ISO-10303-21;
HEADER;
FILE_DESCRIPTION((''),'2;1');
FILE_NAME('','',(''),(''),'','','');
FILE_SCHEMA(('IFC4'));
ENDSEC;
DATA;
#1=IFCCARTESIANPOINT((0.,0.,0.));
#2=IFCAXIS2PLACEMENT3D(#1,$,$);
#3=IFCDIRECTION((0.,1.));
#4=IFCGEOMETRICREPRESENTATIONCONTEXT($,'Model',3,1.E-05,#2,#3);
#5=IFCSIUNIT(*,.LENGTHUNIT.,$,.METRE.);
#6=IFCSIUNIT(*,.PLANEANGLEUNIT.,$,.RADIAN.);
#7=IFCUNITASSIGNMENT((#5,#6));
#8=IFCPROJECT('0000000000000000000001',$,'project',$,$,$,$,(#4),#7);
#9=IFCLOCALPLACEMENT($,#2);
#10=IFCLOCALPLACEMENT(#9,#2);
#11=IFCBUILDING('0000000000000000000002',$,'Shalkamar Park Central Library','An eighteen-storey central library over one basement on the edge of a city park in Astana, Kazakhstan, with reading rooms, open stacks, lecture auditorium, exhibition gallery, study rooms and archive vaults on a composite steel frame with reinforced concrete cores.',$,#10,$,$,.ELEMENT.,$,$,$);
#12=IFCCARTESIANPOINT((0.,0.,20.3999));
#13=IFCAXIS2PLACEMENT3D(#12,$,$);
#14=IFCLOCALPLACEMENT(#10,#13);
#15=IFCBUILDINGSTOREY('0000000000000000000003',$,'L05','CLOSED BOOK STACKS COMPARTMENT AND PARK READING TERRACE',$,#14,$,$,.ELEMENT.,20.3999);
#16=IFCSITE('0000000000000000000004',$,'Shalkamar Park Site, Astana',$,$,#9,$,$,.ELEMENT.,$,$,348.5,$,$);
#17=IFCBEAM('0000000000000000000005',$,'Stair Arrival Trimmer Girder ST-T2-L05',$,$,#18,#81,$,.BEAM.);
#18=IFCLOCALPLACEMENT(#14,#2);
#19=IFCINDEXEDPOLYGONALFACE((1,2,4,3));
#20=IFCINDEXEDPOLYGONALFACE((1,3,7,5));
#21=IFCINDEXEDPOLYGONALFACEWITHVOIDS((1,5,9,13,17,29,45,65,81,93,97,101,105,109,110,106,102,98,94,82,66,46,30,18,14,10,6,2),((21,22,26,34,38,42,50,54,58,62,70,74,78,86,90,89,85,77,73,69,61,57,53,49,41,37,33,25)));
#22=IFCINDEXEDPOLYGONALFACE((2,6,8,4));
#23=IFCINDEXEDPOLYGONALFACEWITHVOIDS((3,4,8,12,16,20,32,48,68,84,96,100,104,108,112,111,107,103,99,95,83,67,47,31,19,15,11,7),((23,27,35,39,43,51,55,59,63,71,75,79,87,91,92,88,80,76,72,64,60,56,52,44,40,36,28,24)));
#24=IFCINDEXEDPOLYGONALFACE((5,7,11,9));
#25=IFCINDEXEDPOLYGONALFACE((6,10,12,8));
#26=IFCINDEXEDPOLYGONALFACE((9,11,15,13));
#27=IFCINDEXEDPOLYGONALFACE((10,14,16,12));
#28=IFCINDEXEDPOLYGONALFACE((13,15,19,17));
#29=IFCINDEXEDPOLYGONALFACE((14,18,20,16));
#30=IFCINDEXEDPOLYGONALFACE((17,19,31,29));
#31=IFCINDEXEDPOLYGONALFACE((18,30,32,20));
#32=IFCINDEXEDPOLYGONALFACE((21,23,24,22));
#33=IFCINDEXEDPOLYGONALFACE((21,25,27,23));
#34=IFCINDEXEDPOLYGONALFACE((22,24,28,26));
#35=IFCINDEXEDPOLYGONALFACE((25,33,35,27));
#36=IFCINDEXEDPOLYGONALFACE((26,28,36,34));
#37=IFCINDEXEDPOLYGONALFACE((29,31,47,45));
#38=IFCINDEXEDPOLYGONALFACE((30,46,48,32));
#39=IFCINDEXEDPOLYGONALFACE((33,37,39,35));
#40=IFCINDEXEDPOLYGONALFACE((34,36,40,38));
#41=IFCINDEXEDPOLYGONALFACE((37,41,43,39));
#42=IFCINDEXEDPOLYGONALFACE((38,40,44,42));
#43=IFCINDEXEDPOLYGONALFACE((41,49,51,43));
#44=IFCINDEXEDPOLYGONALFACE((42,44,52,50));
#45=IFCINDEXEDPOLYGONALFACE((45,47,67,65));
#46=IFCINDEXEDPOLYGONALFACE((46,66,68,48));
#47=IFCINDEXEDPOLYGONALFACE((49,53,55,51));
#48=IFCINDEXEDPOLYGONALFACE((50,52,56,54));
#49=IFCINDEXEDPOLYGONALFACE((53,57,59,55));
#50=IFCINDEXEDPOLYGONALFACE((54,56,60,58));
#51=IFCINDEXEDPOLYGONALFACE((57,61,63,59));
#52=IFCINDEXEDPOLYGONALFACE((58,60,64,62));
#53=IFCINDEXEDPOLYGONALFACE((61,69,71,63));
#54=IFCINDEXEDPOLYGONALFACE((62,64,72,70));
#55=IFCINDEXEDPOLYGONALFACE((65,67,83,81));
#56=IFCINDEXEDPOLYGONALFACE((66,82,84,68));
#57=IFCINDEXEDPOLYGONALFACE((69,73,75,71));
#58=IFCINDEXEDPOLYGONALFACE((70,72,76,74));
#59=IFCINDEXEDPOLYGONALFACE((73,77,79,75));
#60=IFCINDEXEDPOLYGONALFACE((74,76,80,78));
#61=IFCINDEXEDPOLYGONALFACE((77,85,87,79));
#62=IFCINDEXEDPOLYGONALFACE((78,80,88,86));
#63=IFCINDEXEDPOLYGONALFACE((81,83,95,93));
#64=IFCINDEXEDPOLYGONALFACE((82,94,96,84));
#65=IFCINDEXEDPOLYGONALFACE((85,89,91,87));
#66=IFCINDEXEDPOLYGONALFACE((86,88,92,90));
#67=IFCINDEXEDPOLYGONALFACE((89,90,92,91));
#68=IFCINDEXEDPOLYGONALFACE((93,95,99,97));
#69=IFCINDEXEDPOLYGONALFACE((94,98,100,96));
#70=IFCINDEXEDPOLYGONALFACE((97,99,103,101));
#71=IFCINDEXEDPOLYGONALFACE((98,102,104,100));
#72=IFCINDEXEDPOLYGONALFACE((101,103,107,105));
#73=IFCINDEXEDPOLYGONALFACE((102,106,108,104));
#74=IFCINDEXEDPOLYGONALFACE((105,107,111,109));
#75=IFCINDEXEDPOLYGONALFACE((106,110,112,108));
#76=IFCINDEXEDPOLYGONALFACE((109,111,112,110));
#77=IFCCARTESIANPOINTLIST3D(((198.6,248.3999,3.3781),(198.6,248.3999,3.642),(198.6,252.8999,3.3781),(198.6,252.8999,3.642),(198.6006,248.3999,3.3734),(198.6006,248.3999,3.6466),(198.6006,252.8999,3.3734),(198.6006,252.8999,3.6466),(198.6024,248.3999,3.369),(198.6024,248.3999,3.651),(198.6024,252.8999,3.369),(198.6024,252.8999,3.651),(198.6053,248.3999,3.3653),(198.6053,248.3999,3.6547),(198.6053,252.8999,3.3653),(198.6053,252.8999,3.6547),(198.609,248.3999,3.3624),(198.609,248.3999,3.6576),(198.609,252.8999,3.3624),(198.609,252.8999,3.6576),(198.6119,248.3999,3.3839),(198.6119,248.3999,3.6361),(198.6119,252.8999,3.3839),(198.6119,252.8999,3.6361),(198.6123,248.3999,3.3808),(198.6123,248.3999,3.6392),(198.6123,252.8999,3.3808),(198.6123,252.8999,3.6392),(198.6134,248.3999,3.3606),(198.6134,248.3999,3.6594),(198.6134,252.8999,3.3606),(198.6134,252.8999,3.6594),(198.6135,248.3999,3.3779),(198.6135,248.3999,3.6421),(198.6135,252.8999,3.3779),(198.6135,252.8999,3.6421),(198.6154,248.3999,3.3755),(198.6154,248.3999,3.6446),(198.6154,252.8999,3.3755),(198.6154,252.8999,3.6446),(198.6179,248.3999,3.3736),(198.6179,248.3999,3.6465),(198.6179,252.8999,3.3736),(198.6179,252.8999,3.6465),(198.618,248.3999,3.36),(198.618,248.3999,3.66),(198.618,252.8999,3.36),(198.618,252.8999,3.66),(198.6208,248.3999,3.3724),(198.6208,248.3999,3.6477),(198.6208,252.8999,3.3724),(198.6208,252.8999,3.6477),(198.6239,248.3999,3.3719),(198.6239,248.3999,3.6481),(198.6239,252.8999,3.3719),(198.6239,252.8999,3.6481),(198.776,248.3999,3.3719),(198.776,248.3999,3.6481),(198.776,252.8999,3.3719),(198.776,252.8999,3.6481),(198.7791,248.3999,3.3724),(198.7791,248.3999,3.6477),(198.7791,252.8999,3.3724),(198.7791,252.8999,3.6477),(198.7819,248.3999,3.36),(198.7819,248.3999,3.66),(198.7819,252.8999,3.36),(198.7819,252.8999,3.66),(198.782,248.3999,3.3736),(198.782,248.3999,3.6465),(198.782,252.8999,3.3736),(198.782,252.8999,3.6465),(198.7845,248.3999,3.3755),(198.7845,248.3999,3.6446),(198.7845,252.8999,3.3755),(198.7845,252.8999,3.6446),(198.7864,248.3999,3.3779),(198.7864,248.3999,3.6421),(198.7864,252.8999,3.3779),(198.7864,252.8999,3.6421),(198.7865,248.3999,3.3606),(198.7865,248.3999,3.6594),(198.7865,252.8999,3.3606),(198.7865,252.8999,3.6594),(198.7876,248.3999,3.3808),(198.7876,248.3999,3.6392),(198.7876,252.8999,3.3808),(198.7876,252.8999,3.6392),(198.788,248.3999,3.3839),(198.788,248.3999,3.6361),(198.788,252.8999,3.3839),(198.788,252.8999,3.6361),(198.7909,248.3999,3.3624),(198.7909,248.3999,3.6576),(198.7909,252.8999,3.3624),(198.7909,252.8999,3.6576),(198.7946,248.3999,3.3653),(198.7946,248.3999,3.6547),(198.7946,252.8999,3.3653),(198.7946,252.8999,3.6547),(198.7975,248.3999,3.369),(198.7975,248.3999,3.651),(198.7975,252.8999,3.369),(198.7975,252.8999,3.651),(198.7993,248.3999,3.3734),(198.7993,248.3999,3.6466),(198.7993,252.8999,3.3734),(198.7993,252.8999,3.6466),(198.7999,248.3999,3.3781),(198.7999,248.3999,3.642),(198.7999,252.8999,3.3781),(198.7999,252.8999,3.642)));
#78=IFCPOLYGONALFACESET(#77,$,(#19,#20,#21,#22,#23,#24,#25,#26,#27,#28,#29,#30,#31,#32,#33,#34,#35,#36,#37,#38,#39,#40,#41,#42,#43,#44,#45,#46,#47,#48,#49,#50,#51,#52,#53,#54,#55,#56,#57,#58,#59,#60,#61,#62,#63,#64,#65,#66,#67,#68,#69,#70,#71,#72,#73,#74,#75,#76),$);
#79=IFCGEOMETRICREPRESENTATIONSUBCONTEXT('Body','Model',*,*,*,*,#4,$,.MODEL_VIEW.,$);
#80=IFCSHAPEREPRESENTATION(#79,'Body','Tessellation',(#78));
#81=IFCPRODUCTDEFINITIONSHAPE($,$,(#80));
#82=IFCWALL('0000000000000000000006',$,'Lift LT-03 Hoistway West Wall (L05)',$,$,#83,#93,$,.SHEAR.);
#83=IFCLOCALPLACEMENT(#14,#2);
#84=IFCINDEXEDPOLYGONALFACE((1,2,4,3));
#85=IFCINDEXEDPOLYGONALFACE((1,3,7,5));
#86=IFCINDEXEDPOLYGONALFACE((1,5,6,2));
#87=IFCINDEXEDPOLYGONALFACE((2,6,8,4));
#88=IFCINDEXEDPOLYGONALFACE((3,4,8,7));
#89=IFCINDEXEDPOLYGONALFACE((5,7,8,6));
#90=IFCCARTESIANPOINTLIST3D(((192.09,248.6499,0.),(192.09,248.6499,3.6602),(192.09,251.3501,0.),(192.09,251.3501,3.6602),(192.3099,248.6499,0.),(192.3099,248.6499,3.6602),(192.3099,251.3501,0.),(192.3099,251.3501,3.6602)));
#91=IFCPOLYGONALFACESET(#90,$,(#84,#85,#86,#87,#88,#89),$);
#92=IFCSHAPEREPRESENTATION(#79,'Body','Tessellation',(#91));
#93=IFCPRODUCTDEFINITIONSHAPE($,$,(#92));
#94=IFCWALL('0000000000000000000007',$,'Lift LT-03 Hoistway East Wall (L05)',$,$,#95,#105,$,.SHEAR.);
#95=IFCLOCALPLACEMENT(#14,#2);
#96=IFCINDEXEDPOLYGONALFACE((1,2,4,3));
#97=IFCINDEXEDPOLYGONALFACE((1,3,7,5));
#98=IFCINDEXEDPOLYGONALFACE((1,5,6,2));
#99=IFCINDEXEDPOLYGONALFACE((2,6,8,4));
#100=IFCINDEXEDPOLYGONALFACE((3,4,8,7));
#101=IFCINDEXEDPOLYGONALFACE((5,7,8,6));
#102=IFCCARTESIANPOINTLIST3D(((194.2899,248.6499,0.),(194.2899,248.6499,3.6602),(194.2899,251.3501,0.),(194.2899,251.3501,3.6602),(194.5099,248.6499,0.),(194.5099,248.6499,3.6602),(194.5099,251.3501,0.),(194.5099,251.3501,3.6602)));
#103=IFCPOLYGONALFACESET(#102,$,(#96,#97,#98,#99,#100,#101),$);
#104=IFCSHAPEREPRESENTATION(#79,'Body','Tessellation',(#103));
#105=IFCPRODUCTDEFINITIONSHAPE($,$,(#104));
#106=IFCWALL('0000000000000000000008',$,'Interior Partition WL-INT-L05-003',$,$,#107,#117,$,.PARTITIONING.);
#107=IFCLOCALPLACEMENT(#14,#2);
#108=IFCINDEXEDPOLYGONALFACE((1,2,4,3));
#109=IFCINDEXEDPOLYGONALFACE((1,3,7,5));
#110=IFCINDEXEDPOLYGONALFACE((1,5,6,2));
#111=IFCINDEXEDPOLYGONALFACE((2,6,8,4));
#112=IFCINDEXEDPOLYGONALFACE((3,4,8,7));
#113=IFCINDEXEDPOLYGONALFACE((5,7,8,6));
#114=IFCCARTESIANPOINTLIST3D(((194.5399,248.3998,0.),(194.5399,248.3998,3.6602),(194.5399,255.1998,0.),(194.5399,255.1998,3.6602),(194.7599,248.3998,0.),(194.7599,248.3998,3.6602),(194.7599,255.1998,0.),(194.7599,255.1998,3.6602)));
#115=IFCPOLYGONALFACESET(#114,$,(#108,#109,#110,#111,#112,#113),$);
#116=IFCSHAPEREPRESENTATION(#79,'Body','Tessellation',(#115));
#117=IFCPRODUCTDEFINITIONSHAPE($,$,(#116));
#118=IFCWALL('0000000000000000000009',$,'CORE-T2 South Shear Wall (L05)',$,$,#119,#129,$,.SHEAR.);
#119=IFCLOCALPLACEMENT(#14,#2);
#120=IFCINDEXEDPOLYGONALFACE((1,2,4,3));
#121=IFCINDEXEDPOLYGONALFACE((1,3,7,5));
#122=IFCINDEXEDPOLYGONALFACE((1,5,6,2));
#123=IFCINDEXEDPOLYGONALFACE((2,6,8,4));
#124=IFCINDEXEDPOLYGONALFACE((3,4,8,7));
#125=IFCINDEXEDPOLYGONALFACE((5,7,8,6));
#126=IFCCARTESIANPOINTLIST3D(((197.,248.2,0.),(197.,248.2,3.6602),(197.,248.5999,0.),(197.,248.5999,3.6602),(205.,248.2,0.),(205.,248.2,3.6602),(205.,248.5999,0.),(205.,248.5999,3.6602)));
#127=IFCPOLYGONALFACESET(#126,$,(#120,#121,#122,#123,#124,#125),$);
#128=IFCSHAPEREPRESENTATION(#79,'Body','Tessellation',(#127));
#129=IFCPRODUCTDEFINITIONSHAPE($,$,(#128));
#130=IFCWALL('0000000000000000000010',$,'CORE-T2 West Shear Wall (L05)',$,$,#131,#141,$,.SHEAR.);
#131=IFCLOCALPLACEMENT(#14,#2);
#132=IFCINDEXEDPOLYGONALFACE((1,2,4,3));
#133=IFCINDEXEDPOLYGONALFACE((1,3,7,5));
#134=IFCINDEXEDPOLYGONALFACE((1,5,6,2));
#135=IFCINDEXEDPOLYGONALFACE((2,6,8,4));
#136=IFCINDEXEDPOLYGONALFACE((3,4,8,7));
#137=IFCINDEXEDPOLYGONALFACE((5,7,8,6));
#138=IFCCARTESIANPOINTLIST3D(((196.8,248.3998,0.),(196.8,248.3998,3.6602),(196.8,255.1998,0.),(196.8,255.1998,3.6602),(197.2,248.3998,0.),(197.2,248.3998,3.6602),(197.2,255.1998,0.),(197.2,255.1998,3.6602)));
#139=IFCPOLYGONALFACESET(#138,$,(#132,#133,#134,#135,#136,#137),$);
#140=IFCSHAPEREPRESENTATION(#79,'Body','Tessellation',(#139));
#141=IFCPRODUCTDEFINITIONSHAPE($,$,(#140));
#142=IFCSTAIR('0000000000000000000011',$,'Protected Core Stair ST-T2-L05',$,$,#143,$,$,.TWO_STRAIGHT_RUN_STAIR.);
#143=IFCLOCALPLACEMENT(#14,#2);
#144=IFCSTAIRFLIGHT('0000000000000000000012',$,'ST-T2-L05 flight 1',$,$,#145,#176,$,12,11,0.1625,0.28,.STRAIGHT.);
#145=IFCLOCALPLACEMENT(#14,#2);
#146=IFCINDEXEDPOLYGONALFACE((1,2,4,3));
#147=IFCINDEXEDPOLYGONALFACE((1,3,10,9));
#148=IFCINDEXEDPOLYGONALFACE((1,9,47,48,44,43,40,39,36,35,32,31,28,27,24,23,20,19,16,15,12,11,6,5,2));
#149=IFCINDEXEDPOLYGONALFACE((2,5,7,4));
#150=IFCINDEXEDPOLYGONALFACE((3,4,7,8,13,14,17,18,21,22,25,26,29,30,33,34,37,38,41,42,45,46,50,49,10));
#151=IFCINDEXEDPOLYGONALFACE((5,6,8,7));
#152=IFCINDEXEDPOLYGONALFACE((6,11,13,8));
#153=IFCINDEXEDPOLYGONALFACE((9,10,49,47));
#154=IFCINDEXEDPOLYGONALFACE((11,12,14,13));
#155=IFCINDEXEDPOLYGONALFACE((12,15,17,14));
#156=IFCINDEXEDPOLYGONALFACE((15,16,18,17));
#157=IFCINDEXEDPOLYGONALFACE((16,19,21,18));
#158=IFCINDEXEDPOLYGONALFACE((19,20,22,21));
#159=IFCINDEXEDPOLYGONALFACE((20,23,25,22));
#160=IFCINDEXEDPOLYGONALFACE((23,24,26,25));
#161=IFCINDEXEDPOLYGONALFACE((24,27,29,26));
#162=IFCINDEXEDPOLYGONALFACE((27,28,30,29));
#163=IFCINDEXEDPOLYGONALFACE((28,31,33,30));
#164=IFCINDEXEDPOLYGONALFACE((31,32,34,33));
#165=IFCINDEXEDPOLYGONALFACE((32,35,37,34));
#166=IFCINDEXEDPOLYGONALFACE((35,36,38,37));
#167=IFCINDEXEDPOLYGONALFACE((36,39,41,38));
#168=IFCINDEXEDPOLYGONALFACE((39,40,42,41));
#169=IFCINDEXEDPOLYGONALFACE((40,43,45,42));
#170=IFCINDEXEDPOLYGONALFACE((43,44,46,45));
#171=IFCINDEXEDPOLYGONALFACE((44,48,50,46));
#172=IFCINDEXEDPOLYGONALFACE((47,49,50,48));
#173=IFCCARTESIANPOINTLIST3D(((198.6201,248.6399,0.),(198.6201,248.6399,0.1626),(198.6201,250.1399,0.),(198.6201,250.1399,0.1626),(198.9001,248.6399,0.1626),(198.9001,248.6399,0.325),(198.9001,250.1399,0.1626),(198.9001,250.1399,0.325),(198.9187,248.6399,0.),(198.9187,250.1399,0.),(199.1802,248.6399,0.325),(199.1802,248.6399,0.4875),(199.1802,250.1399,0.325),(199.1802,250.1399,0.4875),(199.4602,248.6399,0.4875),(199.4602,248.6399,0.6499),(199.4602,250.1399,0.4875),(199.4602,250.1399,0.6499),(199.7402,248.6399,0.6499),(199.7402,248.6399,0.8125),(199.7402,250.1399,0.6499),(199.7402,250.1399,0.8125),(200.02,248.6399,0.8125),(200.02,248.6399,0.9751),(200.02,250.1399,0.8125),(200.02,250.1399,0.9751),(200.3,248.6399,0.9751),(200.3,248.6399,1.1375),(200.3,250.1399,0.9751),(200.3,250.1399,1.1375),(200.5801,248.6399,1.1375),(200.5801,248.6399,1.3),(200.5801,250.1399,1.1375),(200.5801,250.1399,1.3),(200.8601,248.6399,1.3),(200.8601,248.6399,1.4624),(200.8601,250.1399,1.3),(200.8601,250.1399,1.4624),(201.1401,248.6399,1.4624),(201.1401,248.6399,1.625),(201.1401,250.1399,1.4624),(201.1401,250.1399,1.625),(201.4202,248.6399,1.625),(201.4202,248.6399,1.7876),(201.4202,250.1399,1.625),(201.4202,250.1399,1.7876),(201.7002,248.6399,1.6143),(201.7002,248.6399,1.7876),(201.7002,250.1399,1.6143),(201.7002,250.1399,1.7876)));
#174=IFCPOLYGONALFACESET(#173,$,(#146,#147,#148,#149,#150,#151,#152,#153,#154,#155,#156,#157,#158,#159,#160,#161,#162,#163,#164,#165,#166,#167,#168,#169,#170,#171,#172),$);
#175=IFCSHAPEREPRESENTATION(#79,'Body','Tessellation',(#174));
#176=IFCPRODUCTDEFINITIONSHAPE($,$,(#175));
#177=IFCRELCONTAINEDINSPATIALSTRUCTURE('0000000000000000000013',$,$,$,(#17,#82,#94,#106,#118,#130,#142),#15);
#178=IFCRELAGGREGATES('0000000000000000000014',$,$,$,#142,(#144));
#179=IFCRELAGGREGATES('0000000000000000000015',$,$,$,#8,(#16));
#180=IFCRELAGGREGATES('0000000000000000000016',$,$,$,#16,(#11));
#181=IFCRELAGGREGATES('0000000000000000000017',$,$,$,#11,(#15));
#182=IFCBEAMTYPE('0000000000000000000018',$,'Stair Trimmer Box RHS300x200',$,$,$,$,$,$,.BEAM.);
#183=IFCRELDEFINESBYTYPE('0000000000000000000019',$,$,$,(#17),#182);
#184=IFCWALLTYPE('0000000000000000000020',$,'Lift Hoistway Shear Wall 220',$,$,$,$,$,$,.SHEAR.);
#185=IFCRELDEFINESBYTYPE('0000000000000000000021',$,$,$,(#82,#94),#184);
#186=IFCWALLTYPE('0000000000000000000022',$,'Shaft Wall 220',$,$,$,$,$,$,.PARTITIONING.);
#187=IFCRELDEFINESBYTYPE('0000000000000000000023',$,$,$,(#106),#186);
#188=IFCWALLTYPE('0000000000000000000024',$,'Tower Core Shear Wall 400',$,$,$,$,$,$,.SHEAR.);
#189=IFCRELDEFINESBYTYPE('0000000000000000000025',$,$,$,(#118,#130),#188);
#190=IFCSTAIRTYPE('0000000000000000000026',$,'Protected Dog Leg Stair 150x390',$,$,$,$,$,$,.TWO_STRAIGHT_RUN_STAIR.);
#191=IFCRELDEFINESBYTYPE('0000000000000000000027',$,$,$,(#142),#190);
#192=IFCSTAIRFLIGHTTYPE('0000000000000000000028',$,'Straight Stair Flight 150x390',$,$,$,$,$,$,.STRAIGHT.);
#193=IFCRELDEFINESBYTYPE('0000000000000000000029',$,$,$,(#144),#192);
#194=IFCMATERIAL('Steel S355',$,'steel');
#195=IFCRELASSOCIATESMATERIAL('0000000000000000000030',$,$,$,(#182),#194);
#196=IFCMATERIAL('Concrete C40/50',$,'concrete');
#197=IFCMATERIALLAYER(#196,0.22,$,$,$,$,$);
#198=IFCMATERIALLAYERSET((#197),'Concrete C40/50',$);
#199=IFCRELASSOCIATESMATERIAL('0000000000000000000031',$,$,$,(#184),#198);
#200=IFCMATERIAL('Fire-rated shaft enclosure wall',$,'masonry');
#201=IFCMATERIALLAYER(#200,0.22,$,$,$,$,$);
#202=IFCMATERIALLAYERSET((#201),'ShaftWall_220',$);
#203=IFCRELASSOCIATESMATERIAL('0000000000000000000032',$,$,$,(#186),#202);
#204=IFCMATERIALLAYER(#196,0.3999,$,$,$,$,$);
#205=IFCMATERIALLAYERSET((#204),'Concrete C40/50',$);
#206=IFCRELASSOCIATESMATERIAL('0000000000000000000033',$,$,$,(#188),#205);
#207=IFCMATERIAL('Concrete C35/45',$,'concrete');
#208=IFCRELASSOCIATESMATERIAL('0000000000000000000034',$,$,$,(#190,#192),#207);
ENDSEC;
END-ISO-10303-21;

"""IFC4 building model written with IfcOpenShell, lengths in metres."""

from ifc_helpers import new_model, si_unit, direction, frame, frame_2d, origin, origin_2d, place, context, subcontext, project, spatial, polyline, rectangle, hollow_rectangle, outline, extrude, material, layer, layer_set, material_profile, profile_set, type_object, element, aggregate, save


model = new_model("IFC4")

# Units and contexts
model_context = context("Model", 3, precision=1e-05, world=origin(), true_north=direction((0.0, 1.0)))
body_context = subcontext(model_context, "Body", "Model", "MODEL_VIEW")
ifc_project = project(units=[si_unit("LENGTHUNIT", "METRE"), si_unit("PLANEANGLEUNIT", "RADIAN")], contexts=[model_context])

# Site, building, storey
site_placement = place(None, origin())
site = spatial("IfcSite", under=ifc_project, at=site_placement, Name="Shalkamar Park Site, Astana", CompositionType="ELEMENT", RefElevation=348.5)
building_placement = place(site_placement, origin())
building = spatial("IfcBuilding", under=site, at=building_placement, Name="Shalkamar Park Central Library", Description="An eighteen-storey central library over one basement on the edge of a city park in Astana, Kazakhstan, with reading rooms, open stacks, lecture auditorium, exhibition gallery, study rooms and archive vaults on a composite steel frame with reinforced concrete cores.", CompositionType="ELEMENT")
storey_placement = place(building_placement, frame((0.0, 0.0, 20.3999)))
storey = spatial("IfcBuildingStorey", under=building, at=storey_placement, Name="L05", Description="CLOSED BOOK STACKS COMPARTMENT AND PARK READING TERRACE", CompositionType="ELEMENT", Elevation=20.3999)

# Shared definitions
ifc_material_1 = material(Name="Steel S355", Category="steel")

# Beam
ifc_material_profile_1 = material_profile(ifc_material_1, hollow_rectangle(XDim=0.2, YDim=0.3, WallThickness=0.012, InnerFilletRadius=0.012, OuterFilletRadius=0.0181, at=origin_2d()), Name="RHS 300x200x12")
ifc_profile_set_1 = profile_set([ifc_material_profile_1], Name="Steel S355")
beam_type_1 = type_object("IfcBeamType", Name="Stair Trimmer Box RHS300x200", PredefinedType="BEAM", material=ifc_profile_set_1)
beam_1_placement = place(storey_placement, frame((198.7, 248.3999, 3.51), z_axis=(0.0, 1.0, 0.0), x_axis=(-1.0, 0.0, 0.0)))
element("IfcBeam", 1, at=beam_1_placement, inside=storey, type_object=beam_type_1, Name="Stair Arrival Trimmer Girder ST-T2-L05", PredefinedType="BEAM", context=body_context, shape_type="SweptSolid", body=[
    extrude(hollow_rectangle(XDim=0.2, YDim=0.3, WallThickness=0.012, InnerFilletRadius=0.012, OuterFilletRadius=0.0181, at=origin_2d()), origin(), (0.0, 0.0, 1.0), 4.5),
])

# Walls
ifc_material_2 = material(Name="Concrete C40/50", Category="concrete")
ifc_layer_1 = layer(ifc_material_2, 0.22)
ifc_layer_set_1 = layer_set([ifc_layer_1], Name="Concrete C40/50")
wall_type_1 = type_object("IfcWallType", Name="Lift Hoistway Shear Wall 220", PredefinedType="SHEAR", material=ifc_layer_set_1)
for number, where, z_axis, x_axis, name in (
    (2, (192.2, 248.6499, 0.0), (0.0, 0.0, 1.0), (0.0, 1.0, 0.0), "Lift LT-03 Hoistway West Wall (L05)"),
    (3, (194.3999, 248.6499, 0.0), (0.0, 0.0, 1.0), (0.0, 1.0, 0.0), "Lift LT-03 Hoistway East Wall (L05)"),
):
    element("IfcWall", number, at=place(storey_placement, frame(where, z_axis=z_axis, x_axis=x_axis)), inside=storey, type_object=wall_type_1, Name=name, PredefinedType="SHEAR", context=body_context, shape_type="SweptSolid", body=[
        extrude(rectangle(XDim=2.7002, YDim=0.22, at=frame_2d((1.3501, 0.0))), origin(), (0.0, 0.0, 1.0), 3.6602),
    ])

# Walls
ifc_material_3 = material(Name="Fire-rated shaft enclosure wall", Category="masonry")
ifc_layer_2 = layer(ifc_material_3, 0.22)
ifc_layer_set_2 = layer_set([ifc_layer_2], Name="ShaftWall_220")
wall_type_2 = type_object("IfcWallType", Name="Shaft Wall 220", PredefinedType="PARTITIONING", material=ifc_layer_set_2)
wall_1_placement = place(storey_placement, frame((194.6499, 248.3999, 0.0), z_axis=(0.0, 0.0, 1.0), x_axis=(0.0, 1.0, 0.0)))
element("IfcWall", 4, at=wall_1_placement, inside=storey, type_object=wall_type_2, Name="Interior Partition WL-INT-L05-003", PredefinedType="PARTITIONING", context=body_context, shape_type="SweptSolid", body=[
    extrude(rectangle(XDim=6.8, YDim=0.22, at=frame_2d((3.3999, 0.0))), origin(), (0.0, 0.0, 1.0), 3.6602),
])
ifc_layer_3 = layer(ifc_material_2, 0.3999)
ifc_layer_set_3 = layer_set([ifc_layer_3], Name="Concrete C40/50")
wall_type_3 = type_object("IfcWallType", Name="Tower Core Shear Wall 400", PredefinedType="SHEAR", material=ifc_layer_set_3)
wall_2_placement = place(storey_placement, frame((197.0, 248.3999, 0.0), z_axis=(0.0, 0.0, 1.0), x_axis=(1.0, 0.0, 0.0)))
element("IfcWall", 5, at=wall_2_placement, inside=storey, type_object=wall_type_3, Name="CORE-T2 South Shear Wall (L05)", PredefinedType="SHEAR", context=body_context, shape_type="SweptSolid", body=[
    extrude(rectangle(XDim=8.0, YDim=0.3999, at=frame_2d((4.0, 0.0))), origin(), (0.0, 0.0, 1.0), 3.6602),
])
wall_3_placement = place(storey_placement, frame((197.0, 248.3999, 0.0), z_axis=(0.0, 0.0, 1.0), x_axis=(0.0, 1.0, 0.0)))
element("IfcWall", 6, at=wall_3_placement, inside=storey, type_object=wall_type_3, Name="CORE-T2 West Shear Wall (L05)", PredefinedType="SHEAR", context=body_context, shape_type="SweptSolid", body=[
    extrude(rectangle(XDim=6.8, YDim=0.3999, at=frame_2d((3.3999, 0.0))), origin(), (0.0, 0.0, 1.0), 3.6602),
])

# Stair, stair flight
ifc_material_4 = material(Name="Concrete C35/45", Category="concrete")
stair_type = type_object("IfcStairType", Name="Protected Dog Leg Stair 150x390", PredefinedType="TWO_STRAIGHT_RUN_STAIR", material=ifc_material_4)
stair_placement = place(storey_placement, origin())
stair = element("IfcStair", 7, at=stair_placement, inside=storey, type_object=stair_type, Name="Protected Core Stair ST-T2-L05", PredefinedType="TWO_STRAIGHT_RUN_STAIR")
stair_flight_type = type_object("IfcStairFlightType", Name="Straight Stair Flight 150x390", PredefinedType="STRAIGHT", material=ifc_material_4)
stair_flight_placement = place(storey_placement, frame((198.6201, 249.3899, 0.0), z_axis=(0.0, 0.0, 1.0), x_axis=(1.0, 0.0, 0.0)))
stair_flight = element("IfcStairFlight", 8, at=stair_flight_placement, type_object=stair_flight_type, Name="ST-T2-L05 flight 1", NumberOfRisers=12, NumberOfTreads=11, PredefinedType="STRAIGHT", RiserHeight=0.1625, TreadLength=0.28, context=body_context, shape_type="SweptSolid", body=[
    extrude(outline(polyline([(0.0, 0.0), (0.0, 0.1626), (0.28, 0.1626), (0.28, 0.325), (0.5601, 0.325), (0.5601, 0.4875), (0.8401, 0.4875), (0.8401, 0.6499), (1.1201, 0.6499), (1.1201, 0.8125), (1.3999, 0.8125), (1.3999, 0.9751), (1.6799, 0.9751), (1.6799, 1.1375), (1.96, 1.1375), (1.96, 1.3), (2.24, 1.3), (2.24, 1.4624), (2.52, 1.4624), (2.52, 1.625), (2.8, 1.625), (2.8, 1.7876), (3.0801, 1.7876), (3.0801, 1.95), (3.0801, 1.6143), (0.2986, 0.0), (0.0, 0.0)])), frame((0.0, 0.75, 0.0), z_axis=(0.0, -1.0, 0.0), x_axis=(1.0, 0.0, 0.0)), (0.0, 0.0, 1.0), 1.5),
])
aggregate(stair, [stair_flight])

save(model, "model.ifc")
